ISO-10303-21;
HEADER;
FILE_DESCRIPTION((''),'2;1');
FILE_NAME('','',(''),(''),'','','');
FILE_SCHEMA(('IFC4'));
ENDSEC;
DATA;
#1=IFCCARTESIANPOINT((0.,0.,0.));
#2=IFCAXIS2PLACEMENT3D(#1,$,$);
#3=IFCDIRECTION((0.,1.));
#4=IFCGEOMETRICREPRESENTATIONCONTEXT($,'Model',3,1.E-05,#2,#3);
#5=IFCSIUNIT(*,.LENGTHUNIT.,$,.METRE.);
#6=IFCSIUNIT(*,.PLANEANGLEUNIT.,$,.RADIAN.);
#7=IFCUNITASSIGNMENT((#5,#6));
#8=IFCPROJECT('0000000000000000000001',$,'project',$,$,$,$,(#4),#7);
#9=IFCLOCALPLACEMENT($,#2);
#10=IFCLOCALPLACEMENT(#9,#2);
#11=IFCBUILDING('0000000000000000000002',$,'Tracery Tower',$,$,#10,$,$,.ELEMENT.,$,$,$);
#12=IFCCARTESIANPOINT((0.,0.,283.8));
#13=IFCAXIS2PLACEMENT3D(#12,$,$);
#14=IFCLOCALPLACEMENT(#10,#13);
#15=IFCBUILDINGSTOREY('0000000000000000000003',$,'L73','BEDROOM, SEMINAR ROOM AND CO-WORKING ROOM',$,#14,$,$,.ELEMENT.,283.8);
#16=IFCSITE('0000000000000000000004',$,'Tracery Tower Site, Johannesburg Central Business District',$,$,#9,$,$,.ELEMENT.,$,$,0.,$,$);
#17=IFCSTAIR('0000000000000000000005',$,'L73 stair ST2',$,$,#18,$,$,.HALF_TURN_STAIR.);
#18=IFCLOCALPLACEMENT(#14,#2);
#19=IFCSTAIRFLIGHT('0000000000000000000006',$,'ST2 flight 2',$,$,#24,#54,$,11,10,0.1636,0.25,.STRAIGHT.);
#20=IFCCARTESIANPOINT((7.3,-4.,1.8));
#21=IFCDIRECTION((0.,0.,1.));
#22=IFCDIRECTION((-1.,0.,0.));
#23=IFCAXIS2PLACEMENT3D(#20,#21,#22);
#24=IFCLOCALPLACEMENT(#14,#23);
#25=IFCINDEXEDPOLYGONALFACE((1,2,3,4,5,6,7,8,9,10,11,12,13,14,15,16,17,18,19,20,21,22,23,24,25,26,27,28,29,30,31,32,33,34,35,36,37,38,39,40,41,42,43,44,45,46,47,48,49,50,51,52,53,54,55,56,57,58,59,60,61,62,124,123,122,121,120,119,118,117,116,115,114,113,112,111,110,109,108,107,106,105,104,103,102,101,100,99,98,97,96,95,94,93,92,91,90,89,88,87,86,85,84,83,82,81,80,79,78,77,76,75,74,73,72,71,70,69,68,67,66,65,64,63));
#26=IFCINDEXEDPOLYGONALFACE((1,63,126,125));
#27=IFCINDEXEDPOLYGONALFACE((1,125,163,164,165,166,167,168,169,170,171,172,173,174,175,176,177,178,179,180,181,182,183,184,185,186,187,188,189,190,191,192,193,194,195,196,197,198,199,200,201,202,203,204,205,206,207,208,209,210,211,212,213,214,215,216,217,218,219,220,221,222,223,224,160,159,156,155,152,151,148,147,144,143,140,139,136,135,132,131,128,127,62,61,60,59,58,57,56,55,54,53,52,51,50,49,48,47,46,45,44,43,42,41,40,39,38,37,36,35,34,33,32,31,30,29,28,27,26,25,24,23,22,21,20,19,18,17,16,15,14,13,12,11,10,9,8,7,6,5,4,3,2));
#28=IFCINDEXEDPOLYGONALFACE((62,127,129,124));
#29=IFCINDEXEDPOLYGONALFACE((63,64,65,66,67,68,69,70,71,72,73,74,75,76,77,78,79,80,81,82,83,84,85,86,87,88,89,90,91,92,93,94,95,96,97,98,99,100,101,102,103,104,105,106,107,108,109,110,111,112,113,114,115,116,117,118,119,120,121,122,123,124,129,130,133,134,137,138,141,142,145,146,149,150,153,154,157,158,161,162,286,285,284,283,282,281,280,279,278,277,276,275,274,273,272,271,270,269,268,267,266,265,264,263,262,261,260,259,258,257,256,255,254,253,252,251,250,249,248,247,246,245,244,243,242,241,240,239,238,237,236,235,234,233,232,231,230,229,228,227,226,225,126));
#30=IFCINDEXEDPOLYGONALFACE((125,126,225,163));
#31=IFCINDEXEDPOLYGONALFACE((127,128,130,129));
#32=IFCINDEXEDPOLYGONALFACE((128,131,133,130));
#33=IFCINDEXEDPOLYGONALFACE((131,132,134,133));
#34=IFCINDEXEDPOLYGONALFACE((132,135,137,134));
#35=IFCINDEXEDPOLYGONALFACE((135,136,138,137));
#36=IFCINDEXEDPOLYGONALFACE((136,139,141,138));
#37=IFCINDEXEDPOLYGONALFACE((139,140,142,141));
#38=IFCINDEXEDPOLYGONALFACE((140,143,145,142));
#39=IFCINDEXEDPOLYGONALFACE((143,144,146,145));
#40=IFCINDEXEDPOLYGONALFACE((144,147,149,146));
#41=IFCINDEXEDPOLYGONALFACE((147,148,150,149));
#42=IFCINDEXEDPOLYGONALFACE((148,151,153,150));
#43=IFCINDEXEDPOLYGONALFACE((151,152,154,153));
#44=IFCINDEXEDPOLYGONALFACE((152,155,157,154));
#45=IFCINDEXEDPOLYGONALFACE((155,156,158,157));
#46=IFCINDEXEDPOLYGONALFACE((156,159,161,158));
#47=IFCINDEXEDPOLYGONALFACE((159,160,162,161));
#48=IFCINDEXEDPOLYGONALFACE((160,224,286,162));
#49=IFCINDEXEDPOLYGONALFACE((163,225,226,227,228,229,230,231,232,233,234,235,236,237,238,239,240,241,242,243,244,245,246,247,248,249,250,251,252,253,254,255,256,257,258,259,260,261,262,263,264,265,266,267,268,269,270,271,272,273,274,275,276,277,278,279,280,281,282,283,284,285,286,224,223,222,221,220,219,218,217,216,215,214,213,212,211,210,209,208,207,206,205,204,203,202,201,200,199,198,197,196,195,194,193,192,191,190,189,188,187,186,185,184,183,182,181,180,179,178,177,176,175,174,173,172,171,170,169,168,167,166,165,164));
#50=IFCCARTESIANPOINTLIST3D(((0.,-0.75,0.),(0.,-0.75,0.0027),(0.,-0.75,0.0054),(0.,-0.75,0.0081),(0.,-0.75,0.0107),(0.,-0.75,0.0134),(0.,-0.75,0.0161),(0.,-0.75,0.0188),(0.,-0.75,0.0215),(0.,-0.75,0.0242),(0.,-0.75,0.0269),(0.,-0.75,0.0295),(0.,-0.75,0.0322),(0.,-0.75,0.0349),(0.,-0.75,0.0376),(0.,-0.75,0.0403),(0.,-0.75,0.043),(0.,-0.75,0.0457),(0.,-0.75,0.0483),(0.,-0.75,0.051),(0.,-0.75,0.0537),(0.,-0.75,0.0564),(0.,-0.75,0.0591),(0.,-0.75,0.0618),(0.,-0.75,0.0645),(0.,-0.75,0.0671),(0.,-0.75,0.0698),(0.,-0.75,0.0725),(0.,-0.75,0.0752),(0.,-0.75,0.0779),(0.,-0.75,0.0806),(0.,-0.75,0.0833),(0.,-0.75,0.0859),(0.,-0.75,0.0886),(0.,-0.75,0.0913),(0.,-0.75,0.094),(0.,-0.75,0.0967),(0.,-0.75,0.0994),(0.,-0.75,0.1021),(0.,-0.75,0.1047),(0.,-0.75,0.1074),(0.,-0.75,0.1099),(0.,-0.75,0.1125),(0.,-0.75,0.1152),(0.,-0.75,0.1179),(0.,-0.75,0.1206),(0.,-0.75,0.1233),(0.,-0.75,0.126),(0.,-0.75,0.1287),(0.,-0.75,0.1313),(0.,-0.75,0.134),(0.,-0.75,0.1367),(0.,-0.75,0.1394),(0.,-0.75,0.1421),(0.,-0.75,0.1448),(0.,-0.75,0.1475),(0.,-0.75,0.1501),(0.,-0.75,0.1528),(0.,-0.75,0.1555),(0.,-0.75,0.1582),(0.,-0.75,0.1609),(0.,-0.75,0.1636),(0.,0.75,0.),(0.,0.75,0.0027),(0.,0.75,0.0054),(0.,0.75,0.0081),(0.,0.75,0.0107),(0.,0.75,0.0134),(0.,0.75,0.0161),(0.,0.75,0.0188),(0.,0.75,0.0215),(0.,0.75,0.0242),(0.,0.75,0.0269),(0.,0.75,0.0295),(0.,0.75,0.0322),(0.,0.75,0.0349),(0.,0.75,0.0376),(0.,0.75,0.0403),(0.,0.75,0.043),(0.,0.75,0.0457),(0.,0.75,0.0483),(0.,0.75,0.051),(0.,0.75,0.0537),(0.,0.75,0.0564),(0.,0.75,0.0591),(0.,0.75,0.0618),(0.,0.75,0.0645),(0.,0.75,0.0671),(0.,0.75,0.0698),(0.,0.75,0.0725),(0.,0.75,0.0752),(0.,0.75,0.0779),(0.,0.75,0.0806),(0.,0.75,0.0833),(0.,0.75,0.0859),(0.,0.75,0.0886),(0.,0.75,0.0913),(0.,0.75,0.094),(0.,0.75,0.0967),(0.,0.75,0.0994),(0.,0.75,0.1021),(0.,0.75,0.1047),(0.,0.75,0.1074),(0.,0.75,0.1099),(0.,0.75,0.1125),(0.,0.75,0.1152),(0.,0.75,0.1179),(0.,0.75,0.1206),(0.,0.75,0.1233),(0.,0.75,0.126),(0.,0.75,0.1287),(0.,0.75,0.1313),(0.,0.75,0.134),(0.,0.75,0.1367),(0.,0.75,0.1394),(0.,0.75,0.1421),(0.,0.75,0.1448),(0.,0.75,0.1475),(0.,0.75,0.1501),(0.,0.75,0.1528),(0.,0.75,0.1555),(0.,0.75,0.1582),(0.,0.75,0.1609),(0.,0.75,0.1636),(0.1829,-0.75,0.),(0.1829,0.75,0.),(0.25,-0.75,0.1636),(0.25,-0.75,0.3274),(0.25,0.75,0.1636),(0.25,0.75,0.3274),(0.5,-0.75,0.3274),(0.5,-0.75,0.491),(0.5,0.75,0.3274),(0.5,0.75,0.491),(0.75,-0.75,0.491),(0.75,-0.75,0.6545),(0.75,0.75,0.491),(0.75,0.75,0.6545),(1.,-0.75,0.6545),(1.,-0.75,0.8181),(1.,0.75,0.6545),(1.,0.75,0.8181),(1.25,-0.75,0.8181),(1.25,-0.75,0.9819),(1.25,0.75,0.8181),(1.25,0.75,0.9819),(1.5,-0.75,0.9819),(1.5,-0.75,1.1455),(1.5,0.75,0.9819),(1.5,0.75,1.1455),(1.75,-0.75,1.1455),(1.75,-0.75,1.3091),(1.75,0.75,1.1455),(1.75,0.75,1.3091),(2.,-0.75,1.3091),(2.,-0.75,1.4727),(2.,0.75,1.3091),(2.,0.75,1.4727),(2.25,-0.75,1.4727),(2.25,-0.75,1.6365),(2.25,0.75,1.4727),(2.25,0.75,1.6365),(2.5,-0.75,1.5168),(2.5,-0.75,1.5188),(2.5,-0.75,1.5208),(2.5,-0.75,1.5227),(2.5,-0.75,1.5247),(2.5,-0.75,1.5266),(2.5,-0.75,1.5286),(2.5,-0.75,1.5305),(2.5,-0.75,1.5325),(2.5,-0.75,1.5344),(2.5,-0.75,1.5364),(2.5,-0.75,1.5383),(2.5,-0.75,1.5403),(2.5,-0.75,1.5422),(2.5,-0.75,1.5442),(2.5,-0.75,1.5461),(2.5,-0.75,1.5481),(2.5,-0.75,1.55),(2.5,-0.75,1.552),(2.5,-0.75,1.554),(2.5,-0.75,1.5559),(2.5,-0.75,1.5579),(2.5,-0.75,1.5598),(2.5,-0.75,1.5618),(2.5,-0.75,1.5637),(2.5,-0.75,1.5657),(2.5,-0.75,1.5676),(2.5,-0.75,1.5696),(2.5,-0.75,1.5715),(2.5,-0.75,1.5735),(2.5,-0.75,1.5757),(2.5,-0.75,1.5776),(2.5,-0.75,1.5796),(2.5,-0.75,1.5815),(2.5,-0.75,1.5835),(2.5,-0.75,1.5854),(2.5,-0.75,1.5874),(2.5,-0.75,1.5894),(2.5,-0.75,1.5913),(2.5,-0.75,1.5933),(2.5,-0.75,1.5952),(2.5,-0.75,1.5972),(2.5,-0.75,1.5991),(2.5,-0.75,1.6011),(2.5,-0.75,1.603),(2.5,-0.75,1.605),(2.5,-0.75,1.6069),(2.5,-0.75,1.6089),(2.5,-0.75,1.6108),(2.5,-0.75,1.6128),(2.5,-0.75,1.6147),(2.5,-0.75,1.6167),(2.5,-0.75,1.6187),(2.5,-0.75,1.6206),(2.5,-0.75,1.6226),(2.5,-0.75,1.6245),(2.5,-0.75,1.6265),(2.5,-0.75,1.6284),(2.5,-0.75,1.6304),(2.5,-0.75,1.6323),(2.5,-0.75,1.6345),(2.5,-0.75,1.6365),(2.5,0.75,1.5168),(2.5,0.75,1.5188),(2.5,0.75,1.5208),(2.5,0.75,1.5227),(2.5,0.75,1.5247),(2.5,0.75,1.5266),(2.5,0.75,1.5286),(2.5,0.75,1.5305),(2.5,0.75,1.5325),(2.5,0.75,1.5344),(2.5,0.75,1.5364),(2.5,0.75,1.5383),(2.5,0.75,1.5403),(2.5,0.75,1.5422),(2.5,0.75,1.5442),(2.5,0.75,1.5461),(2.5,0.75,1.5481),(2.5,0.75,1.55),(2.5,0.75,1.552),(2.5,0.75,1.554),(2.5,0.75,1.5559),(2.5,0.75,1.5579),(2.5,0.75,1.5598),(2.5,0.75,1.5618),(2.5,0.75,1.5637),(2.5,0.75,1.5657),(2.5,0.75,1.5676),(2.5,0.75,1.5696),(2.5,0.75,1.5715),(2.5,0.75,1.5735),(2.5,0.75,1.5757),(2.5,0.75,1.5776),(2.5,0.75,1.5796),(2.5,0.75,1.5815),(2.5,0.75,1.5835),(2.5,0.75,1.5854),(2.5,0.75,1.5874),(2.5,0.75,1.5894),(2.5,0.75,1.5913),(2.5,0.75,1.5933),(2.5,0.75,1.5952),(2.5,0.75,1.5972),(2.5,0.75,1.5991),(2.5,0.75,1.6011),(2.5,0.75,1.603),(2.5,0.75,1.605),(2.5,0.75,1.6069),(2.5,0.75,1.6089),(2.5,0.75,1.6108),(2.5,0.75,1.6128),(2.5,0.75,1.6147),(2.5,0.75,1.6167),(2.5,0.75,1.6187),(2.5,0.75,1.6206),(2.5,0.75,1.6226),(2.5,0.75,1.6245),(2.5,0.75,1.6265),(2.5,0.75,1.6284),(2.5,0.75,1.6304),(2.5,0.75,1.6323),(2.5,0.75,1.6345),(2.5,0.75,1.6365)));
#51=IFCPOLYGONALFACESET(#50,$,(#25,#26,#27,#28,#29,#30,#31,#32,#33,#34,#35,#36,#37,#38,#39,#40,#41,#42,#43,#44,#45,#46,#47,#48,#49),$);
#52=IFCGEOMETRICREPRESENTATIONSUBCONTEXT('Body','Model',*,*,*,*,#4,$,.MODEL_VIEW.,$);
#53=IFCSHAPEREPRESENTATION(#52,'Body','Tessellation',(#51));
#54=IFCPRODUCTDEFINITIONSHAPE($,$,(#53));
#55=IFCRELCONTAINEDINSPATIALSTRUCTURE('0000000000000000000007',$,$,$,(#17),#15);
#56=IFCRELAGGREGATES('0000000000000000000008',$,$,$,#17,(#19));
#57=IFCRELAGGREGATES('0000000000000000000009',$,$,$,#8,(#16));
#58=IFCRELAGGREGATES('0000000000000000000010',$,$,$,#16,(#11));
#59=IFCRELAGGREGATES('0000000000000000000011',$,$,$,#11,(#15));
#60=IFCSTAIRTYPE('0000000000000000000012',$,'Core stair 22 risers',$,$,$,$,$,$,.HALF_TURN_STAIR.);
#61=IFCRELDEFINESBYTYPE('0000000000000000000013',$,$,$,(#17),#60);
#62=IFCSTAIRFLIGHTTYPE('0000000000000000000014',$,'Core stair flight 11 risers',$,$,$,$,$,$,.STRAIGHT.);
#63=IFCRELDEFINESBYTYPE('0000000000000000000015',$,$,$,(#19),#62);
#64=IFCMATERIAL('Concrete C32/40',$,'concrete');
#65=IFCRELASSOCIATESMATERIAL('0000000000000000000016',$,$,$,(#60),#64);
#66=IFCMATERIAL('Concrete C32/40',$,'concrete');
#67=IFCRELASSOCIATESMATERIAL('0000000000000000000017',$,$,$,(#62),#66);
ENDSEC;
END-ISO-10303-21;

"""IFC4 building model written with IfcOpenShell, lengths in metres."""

from ifc_helpers import new_model, si_unit, direction, frame, origin, place, context, subcontext, project, spatial, polyline, outline, extrude, material, type_object, element, aggregate, save


model = new_model("IFC4")

# Units and contexts
model_context = context("Model", 3, precision=1e-05, world=origin(), true_north=direction((0.0, 1.0)))
body_context = subcontext(model_context, "Body", "Model", "MODEL_VIEW")
ifc_project = project(units=[si_unit("LENGTHUNIT", "METRE"), si_unit("PLANEANGLEUNIT", "RADIAN")], contexts=[model_context])

# Site, building, storey
site_placement = place(None, origin())
site = spatial("IfcSite", under=ifc_project, at=site_placement, Name="Tracery Tower Site, Johannesburg Central Business District", CompositionType="ELEMENT", RefElevation=0.0)
building_placement = place(site_placement, origin())
building = spatial("IfcBuilding", under=site, at=building_placement, Name="Tracery Tower", CompositionType="ELEMENT")
storey_placement = place(building_placement, frame((0.0, 0.0, 283.8)))
storey = spatial("IfcBuildingStorey", under=building, at=storey_placement, Name="L73", Description="BEDROOM, SEMINAR ROOM AND CO-WORKING ROOM", CompositionType="ELEMENT", Elevation=283.8)

# Stair, stair flight
ifc_material_1 = material(Name="Concrete C32/40", Category="concrete")
stair_type = type_object("IfcStairType", Name="Core stair 22 risers", PredefinedType="HALF_TURN_STAIR", material=ifc_material_1)
stair_placement = place(storey_placement, origin())
stair = element("IfcStair", 1, at=stair_placement, inside=storey, type_object=stair_type, Name="L73 stair ST2", PredefinedType="HALF_TURN_STAIR")
ifc_material_2 = material(Name="Concrete C32/40", Category="concrete")
stair_flight_type = type_object("IfcStairFlightType", Name="Core stair flight 11 risers", PredefinedType="STRAIGHT", material=ifc_material_2)
stair_flight_placement = place(storey_placement, frame((7.3, -4.0, 1.8), z_axis=(0.0, 0.0, 1.0), x_axis=(-1.0, 0.0, 0.0)))
stair_flight = element("IfcStairFlight", 2, at=stair_flight_placement, type_object=stair_flight_type, Name="ST2 flight 2", NumberOfRisers=11, NumberOfTreads=10, PredefinedType="STRAIGHT", RiserHeight=0.1636, TreadLength=0.25, context=body_context, shape_type="SweptSolid", body=[
    extrude(outline(polyline([(0.0, 0.0), (0.0, 0.0027), (0.0, 0.0054), (0.0, 0.0081), (0.0, 0.0107), (0.0, 0.0134), (0.0, 0.0161), (0.0, 0.0188), (0.0, 0.0215), (0.0, 0.0242), (0.0, 0.0269), (0.0, 0.0295), (0.0, 0.0322), (0.0, 0.0349), (0.0, 0.0376), (0.0, 0.0403), (0.0, 0.043), (0.0, 0.0457), (0.0, 0.0483), (0.0, 0.051), (0.0, 0.0537), (0.0, 0.0564), (0.0, 0.0591), (0.0, 0.0618), (0.0, 0.0645), (0.0, 0.0671), (0.0, 0.0698), (0.0, 0.0725), (0.0, 0.0752), (0.0, 0.0779), (0.0, 0.0806), (0.0, 0.0833), (0.0, 0.0859), (0.0, 0.0886), (0.0, 0.0913), (0.0, 0.094), (0.0, 0.0967), (0.0, 0.0994), (0.0, 0.1021), (0.0, 0.1047), (0.0, 0.1074), (0.0, 0.1099), (0.0, 0.1125), (0.0, 0.1152), (0.0, 0.1179), (0.0, 0.1206), (0.0, 0.1233), (0.0, 0.126), (0.0, 0.1287), (0.0, 0.1313), (0.0, 0.134), (0.0, 0.1367), (0.0, 0.1394), (0.0, 0.1421), (0.0, 0.1448), (0.0, 0.1475), (0.0, 0.1501), (0.0, 0.1528), (0.0, 0.1555), (0.0, 0.1582), (0.0, 0.1609), (0.0, 0.1636), (0.25, 0.1636), (0.25, 0.3274), (0.5, 0.3274), (0.5, 0.491), (0.75, 0.491), (0.75, 0.6545), (1.0, 0.6545), (1.0, 0.8181), (1.25, 0.8181), (1.25, 0.9819), (1.5, 0.9819), (1.5, 1.1455), (1.75, 1.1455), (1.75, 1.3091), (2.0, 1.3091), (2.0, 1.4727), (2.25, 1.4727), (2.25, 1.6365), (2.5, 1.6365), (2.5, 1.6345), (2.5, 1.6323), (2.5, 1.6304), (2.5, 1.6284), (2.5, 1.6265), (2.5, 1.6245), (2.5, 1.6226), (2.5, 1.6206), (2.5, 1.6187), (2.5, 1.6167), (2.5, 1.6147), (2.5, 1.6128), (2.5, 1.6108), (2.5, 1.6089), (2.5, 1.6069), (2.5, 1.605), (2.5, 1.603), (2.5, 1.6011), (2.5, 1.5991), (2.5, 1.5972), (2.5, 1.5952), (2.5, 1.5933), (2.5, 1.5913), (2.5, 1.5894), (2.5, 1.5874), (2.5, 1.5854), (2.5, 1.5835), (2.5, 1.5815), (2.5, 1.5796), (2.5, 1.5776), (2.5, 1.5757), (2.5, 1.5735), (2.5, 1.5715), (2.5, 1.5696), (2.5, 1.5676), (2.5, 1.5657), (2.5, 1.5637), (2.5, 1.5618), (2.5, 1.5598), (2.5, 1.5579), (2.5, 1.5559), (2.5, 1.554), (2.5, 1.552), (2.5, 1.55), (2.5, 1.5481), (2.5, 1.5461), (2.5, 1.5442), (2.5, 1.5422), (2.5, 1.5403), (2.5, 1.5383), (2.5, 1.5364), (2.5, 1.5344), (2.5, 1.5325), (2.5, 1.5305), (2.5, 1.5286), (2.5, 1.5266), (2.5, 1.5247), (2.5, 1.5227), (2.5, 1.5208), (2.5, 1.5188), (2.5, 1.5168), (0.1829, 0.0), (0.0, 0.0)])), frame((0.0, 0.75, 0.0), z_axis=(0.0, -1.0, 0.0), x_axis=(1.0, 0.0, 0.0)), (0.0, 0.0, 1.0), 1.5),
])
aggregate(stair, [stair_flight])

save(model, "model.ifc")
